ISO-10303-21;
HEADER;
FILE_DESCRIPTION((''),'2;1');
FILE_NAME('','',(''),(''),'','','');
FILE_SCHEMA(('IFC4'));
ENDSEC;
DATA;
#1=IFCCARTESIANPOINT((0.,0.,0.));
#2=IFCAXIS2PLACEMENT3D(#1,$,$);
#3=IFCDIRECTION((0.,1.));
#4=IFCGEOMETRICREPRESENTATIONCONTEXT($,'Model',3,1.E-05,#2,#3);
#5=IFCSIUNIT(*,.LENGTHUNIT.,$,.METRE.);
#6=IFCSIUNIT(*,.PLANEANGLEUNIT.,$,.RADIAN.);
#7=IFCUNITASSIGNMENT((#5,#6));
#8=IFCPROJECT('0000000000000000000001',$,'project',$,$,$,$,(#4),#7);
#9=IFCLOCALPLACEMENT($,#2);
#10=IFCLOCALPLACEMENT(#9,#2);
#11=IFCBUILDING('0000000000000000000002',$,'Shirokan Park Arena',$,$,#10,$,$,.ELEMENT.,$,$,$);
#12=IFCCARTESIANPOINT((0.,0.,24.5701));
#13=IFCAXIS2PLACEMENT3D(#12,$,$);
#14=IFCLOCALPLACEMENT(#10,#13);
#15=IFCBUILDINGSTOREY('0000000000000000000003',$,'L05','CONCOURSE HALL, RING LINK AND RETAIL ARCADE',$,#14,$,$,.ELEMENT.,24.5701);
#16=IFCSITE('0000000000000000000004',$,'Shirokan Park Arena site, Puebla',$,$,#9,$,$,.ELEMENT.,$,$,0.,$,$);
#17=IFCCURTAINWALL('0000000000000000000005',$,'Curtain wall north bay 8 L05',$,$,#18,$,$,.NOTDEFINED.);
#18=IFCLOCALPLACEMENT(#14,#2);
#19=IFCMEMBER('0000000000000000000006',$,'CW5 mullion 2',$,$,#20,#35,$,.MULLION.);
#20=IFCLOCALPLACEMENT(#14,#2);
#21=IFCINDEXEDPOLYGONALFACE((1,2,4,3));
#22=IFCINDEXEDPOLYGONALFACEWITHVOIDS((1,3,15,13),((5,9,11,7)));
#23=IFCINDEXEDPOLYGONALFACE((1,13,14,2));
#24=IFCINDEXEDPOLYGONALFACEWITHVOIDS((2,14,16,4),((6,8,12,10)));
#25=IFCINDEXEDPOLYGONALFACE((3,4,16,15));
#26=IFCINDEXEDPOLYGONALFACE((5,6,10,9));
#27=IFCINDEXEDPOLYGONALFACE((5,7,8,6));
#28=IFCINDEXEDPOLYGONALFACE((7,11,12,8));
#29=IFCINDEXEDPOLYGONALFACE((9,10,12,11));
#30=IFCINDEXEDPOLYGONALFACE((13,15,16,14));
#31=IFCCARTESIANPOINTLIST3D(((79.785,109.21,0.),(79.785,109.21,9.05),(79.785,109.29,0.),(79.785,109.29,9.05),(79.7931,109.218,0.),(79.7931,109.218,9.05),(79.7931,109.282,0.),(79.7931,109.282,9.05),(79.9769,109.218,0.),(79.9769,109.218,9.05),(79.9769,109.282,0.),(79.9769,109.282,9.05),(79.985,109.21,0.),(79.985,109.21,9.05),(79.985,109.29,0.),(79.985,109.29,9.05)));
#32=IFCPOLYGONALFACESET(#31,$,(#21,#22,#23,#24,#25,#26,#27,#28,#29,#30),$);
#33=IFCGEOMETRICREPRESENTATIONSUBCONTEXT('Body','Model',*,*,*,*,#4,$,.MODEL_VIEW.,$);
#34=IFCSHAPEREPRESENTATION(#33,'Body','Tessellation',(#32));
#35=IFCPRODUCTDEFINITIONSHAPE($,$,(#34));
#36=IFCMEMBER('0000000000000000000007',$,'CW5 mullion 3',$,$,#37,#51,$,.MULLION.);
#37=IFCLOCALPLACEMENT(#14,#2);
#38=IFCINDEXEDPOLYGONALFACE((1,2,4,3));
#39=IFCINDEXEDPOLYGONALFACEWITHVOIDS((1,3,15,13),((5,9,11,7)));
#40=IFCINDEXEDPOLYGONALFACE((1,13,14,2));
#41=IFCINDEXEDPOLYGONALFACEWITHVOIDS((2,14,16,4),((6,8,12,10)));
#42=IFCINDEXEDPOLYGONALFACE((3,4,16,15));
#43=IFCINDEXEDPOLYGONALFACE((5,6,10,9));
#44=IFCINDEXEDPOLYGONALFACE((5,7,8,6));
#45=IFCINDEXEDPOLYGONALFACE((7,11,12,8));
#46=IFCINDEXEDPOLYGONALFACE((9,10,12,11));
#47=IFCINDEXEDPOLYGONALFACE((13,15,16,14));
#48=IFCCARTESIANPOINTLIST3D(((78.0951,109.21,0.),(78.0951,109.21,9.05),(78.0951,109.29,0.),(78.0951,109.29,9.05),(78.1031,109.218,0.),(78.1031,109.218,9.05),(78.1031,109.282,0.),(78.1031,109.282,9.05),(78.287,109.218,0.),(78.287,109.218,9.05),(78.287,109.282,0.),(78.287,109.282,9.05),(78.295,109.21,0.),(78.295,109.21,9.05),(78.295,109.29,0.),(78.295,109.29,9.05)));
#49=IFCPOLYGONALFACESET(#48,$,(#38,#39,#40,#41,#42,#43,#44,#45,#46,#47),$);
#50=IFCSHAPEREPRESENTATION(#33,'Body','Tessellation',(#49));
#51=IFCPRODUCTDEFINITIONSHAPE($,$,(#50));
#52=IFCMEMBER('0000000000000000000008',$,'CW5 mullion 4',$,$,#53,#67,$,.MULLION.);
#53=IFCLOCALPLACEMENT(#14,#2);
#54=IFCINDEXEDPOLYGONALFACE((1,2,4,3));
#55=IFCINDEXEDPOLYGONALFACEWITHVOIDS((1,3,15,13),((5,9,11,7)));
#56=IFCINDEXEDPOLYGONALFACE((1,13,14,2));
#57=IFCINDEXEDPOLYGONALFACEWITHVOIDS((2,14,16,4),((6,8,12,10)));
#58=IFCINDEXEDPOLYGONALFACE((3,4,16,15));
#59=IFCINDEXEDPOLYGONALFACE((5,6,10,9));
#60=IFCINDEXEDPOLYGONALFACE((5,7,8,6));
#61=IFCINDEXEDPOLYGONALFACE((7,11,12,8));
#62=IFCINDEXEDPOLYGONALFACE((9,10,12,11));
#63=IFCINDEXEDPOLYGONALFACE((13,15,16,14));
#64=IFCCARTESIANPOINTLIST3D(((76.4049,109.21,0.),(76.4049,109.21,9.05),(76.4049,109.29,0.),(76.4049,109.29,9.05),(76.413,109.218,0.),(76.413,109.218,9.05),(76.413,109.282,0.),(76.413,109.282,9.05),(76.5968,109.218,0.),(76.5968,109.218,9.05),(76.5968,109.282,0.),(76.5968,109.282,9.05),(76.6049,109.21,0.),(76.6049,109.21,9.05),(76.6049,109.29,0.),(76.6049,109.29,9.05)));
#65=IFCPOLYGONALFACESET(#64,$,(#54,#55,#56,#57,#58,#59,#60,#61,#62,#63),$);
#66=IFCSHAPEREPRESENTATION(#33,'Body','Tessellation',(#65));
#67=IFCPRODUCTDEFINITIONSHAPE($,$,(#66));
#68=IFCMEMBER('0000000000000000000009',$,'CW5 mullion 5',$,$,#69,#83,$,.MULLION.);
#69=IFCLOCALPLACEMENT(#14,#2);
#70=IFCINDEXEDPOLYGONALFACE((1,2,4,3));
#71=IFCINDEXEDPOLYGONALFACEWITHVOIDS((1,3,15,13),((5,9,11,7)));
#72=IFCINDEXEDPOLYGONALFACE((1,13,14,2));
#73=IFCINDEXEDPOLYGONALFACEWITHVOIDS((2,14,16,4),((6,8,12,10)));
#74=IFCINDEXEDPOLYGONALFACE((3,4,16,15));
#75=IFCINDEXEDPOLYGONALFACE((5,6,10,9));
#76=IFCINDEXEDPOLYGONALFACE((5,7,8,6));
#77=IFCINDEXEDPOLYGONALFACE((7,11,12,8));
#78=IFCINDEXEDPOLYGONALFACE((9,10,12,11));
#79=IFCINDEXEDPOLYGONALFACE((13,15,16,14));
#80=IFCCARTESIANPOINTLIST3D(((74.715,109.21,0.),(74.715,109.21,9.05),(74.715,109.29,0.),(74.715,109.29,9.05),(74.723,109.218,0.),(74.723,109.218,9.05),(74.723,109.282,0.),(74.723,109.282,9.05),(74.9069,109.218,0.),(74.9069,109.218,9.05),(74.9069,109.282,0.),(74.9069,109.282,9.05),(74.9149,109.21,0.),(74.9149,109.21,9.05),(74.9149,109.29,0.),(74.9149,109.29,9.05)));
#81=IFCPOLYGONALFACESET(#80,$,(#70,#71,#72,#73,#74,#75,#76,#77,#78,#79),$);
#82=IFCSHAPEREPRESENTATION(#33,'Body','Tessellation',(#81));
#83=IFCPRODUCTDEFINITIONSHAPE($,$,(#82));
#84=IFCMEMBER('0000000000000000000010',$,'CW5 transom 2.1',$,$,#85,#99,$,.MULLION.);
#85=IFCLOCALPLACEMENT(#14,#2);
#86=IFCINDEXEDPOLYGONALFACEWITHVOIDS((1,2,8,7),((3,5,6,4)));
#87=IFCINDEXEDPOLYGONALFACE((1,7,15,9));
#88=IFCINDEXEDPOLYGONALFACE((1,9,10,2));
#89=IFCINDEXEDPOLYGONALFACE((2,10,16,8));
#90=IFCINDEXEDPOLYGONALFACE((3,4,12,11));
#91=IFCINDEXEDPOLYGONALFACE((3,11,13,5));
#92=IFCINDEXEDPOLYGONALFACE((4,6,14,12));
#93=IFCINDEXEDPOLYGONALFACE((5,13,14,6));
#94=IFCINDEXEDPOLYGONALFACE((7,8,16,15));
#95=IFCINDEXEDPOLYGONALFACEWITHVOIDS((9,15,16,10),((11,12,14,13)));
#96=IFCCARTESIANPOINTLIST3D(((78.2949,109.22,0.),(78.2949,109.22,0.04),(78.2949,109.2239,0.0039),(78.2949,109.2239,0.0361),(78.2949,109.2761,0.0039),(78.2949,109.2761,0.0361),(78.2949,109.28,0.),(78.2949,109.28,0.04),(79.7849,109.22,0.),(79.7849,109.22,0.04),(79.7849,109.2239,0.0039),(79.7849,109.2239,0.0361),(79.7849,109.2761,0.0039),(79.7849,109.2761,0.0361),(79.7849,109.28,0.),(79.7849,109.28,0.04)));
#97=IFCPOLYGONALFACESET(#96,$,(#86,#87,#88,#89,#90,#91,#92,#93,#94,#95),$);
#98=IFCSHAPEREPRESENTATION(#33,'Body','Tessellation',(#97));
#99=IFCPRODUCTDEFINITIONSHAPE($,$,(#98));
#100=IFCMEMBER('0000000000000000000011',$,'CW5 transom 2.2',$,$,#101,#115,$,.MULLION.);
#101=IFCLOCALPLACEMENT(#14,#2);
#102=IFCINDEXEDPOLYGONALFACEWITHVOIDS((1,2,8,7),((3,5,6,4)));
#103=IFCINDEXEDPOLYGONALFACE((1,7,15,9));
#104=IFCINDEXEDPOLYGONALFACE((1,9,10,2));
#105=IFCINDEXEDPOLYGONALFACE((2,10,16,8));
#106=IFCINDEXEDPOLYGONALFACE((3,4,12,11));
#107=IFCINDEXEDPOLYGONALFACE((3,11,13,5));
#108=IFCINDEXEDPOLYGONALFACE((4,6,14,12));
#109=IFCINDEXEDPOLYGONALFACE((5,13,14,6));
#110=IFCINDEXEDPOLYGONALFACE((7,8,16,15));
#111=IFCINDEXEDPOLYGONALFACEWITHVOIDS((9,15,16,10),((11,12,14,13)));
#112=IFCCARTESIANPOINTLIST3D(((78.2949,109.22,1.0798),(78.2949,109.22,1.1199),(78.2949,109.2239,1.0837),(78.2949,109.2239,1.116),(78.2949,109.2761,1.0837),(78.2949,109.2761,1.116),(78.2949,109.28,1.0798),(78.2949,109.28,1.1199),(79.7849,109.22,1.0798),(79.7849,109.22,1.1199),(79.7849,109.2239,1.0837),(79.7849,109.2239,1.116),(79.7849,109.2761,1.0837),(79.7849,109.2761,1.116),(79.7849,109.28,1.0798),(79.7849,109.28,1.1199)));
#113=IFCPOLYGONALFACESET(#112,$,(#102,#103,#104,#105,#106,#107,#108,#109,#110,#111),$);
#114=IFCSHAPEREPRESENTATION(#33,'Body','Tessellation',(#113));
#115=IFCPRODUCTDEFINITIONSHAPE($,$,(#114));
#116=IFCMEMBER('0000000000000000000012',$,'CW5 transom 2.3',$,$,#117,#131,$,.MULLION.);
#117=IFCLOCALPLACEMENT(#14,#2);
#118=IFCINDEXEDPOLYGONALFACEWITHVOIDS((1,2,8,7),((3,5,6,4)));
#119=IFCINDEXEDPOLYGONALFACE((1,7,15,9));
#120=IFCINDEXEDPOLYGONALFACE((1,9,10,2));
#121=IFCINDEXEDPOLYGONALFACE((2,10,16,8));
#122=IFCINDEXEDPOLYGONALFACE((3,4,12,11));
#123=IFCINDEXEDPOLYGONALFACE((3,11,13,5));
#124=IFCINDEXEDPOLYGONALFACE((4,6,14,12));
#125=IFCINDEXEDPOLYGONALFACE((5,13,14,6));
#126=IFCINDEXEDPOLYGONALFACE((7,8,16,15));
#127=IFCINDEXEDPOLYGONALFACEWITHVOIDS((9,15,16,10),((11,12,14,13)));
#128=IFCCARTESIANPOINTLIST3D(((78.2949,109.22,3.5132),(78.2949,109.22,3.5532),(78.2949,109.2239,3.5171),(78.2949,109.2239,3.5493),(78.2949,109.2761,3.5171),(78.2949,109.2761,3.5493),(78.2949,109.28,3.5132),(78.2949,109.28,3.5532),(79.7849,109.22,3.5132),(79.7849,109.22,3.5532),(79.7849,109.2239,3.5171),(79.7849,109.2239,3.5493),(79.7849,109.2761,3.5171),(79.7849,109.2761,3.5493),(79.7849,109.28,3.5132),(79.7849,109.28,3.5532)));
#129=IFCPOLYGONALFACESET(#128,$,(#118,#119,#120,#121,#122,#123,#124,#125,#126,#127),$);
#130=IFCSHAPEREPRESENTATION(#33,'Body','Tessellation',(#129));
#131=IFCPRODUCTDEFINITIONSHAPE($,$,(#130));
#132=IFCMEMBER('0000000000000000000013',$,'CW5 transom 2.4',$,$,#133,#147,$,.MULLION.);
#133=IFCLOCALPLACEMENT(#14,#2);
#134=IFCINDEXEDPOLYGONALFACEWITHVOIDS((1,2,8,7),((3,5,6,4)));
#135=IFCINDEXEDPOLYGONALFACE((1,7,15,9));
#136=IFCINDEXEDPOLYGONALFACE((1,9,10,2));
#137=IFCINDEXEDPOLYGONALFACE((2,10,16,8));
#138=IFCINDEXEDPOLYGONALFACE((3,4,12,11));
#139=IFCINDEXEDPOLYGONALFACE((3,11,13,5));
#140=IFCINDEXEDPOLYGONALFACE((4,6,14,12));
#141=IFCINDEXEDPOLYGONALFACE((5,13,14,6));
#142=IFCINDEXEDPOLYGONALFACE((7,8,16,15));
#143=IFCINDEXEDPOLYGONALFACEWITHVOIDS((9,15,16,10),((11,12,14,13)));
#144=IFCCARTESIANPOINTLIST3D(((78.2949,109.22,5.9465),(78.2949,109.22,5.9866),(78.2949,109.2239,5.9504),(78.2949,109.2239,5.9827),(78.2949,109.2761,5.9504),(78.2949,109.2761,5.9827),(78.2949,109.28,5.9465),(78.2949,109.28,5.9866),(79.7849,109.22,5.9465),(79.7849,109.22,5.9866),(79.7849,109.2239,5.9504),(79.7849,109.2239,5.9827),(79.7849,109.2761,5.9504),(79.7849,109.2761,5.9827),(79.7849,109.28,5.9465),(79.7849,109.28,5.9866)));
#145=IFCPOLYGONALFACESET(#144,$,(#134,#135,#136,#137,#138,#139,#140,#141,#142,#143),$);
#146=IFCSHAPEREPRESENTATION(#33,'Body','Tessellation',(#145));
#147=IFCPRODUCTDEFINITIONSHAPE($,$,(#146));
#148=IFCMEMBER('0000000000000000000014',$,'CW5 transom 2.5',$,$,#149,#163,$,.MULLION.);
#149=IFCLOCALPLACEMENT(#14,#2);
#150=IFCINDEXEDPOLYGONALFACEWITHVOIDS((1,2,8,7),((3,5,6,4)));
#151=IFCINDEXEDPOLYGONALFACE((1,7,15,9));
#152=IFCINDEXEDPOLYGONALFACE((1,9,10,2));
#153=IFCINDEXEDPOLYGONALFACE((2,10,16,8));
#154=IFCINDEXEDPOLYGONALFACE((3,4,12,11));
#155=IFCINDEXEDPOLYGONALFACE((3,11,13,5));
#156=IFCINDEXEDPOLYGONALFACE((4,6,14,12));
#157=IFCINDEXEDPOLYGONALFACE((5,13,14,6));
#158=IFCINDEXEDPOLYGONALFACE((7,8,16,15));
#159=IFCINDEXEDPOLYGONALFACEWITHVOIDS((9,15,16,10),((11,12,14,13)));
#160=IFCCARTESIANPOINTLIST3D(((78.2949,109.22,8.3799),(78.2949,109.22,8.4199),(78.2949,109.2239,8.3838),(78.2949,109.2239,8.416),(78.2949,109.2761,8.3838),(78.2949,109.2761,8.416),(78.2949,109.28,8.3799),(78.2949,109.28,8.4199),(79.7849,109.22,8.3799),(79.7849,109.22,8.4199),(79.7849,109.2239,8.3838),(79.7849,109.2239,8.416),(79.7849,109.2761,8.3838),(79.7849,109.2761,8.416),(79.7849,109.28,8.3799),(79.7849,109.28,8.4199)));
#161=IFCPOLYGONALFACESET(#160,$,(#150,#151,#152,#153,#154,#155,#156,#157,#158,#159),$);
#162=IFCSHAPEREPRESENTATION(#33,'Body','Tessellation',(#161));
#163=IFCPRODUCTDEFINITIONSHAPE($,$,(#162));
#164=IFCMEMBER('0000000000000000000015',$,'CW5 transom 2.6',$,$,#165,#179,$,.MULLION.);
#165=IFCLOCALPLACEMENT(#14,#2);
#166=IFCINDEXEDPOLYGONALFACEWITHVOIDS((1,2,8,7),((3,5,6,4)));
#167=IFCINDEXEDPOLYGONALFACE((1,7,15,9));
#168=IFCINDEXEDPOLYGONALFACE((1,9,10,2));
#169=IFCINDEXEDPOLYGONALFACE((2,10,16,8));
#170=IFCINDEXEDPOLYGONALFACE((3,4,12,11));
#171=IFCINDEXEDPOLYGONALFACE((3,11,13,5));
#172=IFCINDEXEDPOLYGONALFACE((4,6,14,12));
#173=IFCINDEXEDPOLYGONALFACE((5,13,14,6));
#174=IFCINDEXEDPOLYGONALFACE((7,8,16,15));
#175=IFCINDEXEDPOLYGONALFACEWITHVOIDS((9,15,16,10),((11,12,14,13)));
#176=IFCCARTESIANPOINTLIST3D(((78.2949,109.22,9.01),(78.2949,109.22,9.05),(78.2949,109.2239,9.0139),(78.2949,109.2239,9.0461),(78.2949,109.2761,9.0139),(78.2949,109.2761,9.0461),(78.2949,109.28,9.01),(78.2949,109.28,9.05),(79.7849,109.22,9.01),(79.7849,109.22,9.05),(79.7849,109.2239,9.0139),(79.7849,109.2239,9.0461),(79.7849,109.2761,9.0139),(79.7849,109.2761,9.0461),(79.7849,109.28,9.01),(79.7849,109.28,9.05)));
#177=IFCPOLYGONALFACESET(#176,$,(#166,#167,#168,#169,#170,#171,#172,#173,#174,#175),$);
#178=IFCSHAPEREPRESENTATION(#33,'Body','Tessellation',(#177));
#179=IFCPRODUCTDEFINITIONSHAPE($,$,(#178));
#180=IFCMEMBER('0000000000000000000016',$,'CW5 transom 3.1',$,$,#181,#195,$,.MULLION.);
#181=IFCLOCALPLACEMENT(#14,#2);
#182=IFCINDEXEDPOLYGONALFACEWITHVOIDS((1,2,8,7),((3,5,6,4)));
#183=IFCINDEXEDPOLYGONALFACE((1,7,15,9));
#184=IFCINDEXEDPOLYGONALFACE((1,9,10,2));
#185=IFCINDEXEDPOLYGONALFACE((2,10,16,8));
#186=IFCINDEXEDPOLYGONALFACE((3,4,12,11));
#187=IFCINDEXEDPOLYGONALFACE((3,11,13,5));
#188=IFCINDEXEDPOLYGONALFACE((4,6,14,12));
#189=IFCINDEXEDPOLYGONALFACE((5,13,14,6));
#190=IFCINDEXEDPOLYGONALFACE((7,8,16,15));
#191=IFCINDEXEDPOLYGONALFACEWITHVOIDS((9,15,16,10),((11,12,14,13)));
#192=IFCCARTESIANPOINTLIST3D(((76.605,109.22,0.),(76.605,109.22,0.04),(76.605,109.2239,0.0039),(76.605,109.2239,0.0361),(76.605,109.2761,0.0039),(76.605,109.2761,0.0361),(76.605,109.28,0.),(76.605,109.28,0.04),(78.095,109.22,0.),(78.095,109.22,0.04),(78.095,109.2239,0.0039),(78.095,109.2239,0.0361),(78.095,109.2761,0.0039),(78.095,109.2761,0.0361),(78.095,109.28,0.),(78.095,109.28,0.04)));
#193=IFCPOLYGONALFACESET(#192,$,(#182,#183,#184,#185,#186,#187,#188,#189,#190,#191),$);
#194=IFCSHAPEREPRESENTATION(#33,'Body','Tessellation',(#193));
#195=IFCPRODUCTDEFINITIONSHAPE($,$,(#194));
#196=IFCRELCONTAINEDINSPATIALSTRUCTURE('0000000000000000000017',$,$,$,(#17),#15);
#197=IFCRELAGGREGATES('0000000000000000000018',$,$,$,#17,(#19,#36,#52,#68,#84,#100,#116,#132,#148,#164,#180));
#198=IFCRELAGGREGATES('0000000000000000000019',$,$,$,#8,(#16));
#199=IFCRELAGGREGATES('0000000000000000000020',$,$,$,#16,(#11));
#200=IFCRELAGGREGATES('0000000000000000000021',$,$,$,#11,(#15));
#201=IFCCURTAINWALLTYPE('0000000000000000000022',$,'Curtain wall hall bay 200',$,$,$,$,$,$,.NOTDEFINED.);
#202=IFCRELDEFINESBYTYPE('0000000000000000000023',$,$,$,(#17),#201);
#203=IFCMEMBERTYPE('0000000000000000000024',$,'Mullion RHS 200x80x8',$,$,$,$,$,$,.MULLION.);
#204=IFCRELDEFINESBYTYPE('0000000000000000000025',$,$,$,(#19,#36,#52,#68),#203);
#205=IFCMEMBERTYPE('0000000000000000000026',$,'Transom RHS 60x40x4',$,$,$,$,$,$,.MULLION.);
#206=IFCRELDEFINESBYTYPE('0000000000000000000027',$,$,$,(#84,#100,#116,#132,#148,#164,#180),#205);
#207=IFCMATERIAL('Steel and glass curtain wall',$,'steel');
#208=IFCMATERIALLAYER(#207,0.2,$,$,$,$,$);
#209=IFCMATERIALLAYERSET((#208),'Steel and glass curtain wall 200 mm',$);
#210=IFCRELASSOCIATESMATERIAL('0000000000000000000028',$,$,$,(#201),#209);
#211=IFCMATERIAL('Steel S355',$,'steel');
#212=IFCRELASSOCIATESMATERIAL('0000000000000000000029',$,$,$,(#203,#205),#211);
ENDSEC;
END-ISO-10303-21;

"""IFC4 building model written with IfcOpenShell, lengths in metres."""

from ifc_helpers import new_model, si_unit, direction, frame, origin, origin_2d, place, context, subcontext, project, spatial, hollow_rectangle, extrude, material, layer, layer_set, material_profile, profile_set, type_object, element, aggregate, save


model = new_model("IFC4")

# Units and contexts
model_context = context("Model", 3, precision=1e-05, world=origin(), true_north=direction((0.0, 1.0)))
body_context = subcontext(model_context, "Body", "Model", "MODEL_VIEW")
ifc_project = project(units=[si_unit("LENGTHUNIT", "METRE"), si_unit("PLANEANGLEUNIT", "RADIAN")], contexts=[model_context])

# Site, building, storey
site_placement = place(None, origin())
site = spatial("IfcSite", under=ifc_project, at=site_placement, Name="Shirokan Park Arena site, Puebla", CompositionType="ELEMENT", RefElevation=0.0)
building_placement = place(site_placement, origin())
building = spatial("IfcBuilding", under=site, at=building_placement, Name="Shirokan Park Arena", CompositionType="ELEMENT")
storey_placement = place(building_placement, frame((0.0, 0.0, 24.5701)))
storey = spatial("IfcBuildingStorey", under=building, at=storey_placement, Name="L05", Description="CONCOURSE HALL, RING LINK AND RETAIL ARCADE", CompositionType="ELEMENT", Elevation=24.5701)

# Curtain wall, members
ifc_material_1 = material(Name="Steel and glass curtain wall", Category="steel")
ifc_layer_1 = layer(ifc_material_1, 0.2)
ifc_layer_set_1 = layer_set([ifc_layer_1], Name="Steel and glass curtain wall 200 mm")
curtain_wall_type = type_object("IfcCurtainWallType", Name="Curtain wall hall bay 200", PredefinedType="NOTDEFINED", material=ifc_layer_set_1)
curtain_wall_placement = place(storey_placement, origin())
curtain_wall = element("IfcCurtainWall", 1, at=curtain_wall_placement, inside=storey, type_object=curtain_wall_type, Name="Curtain wall north bay 8 L05", PredefinedType="NOTDEFINED")
ifc_material_2 = material(Name="Steel S355", Category="steel")
ifc_material_profile_1 = material_profile(ifc_material_2, hollow_rectangle(XDim=0.0801, YDim=0.2, WallThickness=0.0081, at=origin_2d()), Name="RHS 200x80x8")
ifc_profile_set_1 = profile_set([ifc_material_profile_1], Name="Steel S355")
member_type_1 = type_object("IfcMemberType", Name="Mullion RHS 200x80x8", PredefinedType="MULLION", material=ifc_profile_set_1)
member_1_placement = place(storey_placement, frame((79.885, 109.25, 0.0), z_axis=(0.0, 0.0, 1.0), x_axis=(0.0, -1.0, 0.0)))
member_1 = element("IfcMember", 2, at=member_1_placement, type_object=member_type_1, Name="CW5 mullion 2", PredefinedType="MULLION", context=body_context, shape_type="SweptSolid", body=[
    extrude(hollow_rectangle(XDim=0.0801, YDim=0.2, WallThickness=0.0081, at=origin_2d()), origin(), (0.0, 0.0, 1.0), 9.05),
])
member_2_placement = place(storey_placement, frame((78.1951, 109.25, 0.0), z_axis=(0.0, 0.0, 1.0), x_axis=(0.0, -1.0, 0.0)))
member_2 = element("IfcMember", 3, at=member_2_placement, type_object=member_type_1, Name="CW5 mullion 3", PredefinedType="MULLION", context=body_context, shape_type="SweptSolid", body=[
    extrude(hollow_rectangle(XDim=0.0801, YDim=0.2, WallThickness=0.0081, at=origin_2d()), origin(), (0.0, 0.0, 1.0), 9.05),
])
member_3_placement = place(storey_placement, frame((76.5049, 109.25, 0.0), z_axis=(0.0, 0.0, 1.0), x_axis=(0.0, -1.0, 0.0)))
member_3 = element("IfcMember", 4, at=member_3_placement, type_object=member_type_1, Name="CW5 mullion 4", PredefinedType="MULLION", context=body_context, shape_type="SweptSolid", body=[
    extrude(hollow_rectangle(XDim=0.0801, YDim=0.2, WallThickness=0.0081, at=origin_2d()), origin(), (0.0, 0.0, 1.0), 9.05),
])
member_4_placement = place(storey_placement, frame((74.8149, 109.25, 0.0), z_axis=(0.0, 0.0, 1.0), x_axis=(0.0, -1.0, 0.0)))
member_4 = element("IfcMember", 5, at=member_4_placement, type_object=member_type_1, Name="CW5 mullion 5", PredefinedType="MULLION", context=body_context, shape_type="SweptSolid", body=[
    extrude(hollow_rectangle(XDim=0.0801, YDim=0.2, WallThickness=0.0081, at=origin_2d()), origin(), (0.0, 0.0, 1.0), 9.05),
])
ifc_material_profile_2 = material_profile(ifc_material_2, hollow_rectangle(XDim=0.0601, YDim=0.04, WallThickness=0.0039, at=origin_2d()), Name="RHS 60x40x4")
ifc_profile_set_2 = profile_set([ifc_material_profile_2], Name="Steel S355")
member_type_2 = type_object("IfcMemberType", Name="Transom RHS 60x40x4", PredefinedType="MULLION", material=ifc_profile_set_2)
member_5_placement = place(storey_placement, frame((79.7849, 109.25, 0.02), z_axis=(-1.0, 0.0, 0.0), x_axis=(0.0, -1.0, 0.0)))
member_5 = element("IfcMember", 6, at=member_5_placement, type_object=member_type_2, Name="CW5 transom 2.1", PredefinedType="MULLION", context=body_context, shape_type="SweptSolid", body=[
    extrude(hollow_rectangle(XDim=0.0601, YDim=0.04, WallThickness=0.0039, at=origin_2d()), origin(), (0.0, 0.0, 1.0), 1.49),
])
member_6_placement = place(storey_placement, frame((79.7849, 109.25, 1.0999), z_axis=(-1.0, 0.0, 0.0), x_axis=(0.0, -1.0, 0.0)))
member_6 = element("IfcMember", 7, at=member_6_placement, type_object=member_type_2, Name="CW5 transom 2.2", PredefinedType="MULLION", context=body_context, shape_type="SweptSolid", body=[
    extrude(hollow_rectangle(XDim=0.0601, YDim=0.04, WallThickness=0.0039, at=origin_2d()), origin(), (0.0, 0.0, 1.0), 1.49),
])
member_7_placement = place(storey_placement, frame((79.7849, 109.25, 3.5332), z_axis=(-1.0, 0.0, 0.0), x_axis=(0.0, -1.0, 0.0)))
member_7 = element("IfcMember", 8, at=member_7_placement, type_object=member_type_2, Name="CW5 transom 2.3", PredefinedType="MULLION", context=body_context, shape_type="SweptSolid", body=[
    extrude(hollow_rectangle(XDim=0.0601, YDim=0.04, WallThickness=0.0039, at=origin_2d()), origin(), (0.0, 0.0, 1.0), 1.49),
])
member_8_placement = place(storey_placement, frame((79.7849, 109.25, 5.9666), z_axis=(-1.0, 0.0, 0.0), x_axis=(0.0, -1.0, 0.0)))
member_8 = element("IfcMember", 9, at=member_8_placement, type_object=member_type_2, Name="CW5 transom 2.4", PredefinedType="MULLION", context=body_context, shape_type="SweptSolid", body=[
    extrude(hollow_rectangle(XDim=0.0601, YDim=0.04, WallThickness=0.0039, at=origin_2d()), origin(), (0.0, 0.0, 1.0), 1.49),
])
member_9_placement = place(storey_placement, frame((79.7849, 109.25, 8.3999), z_axis=(-1.0, 0.0, 0.0), x_axis=(0.0, -1.0, 0.0)))
member_9 = element("IfcMember", 10, at=member_9_placement, type_object=member_type_2, Name="CW5 transom 2.5", PredefinedType="MULLION", context=body_context, shape_type="SweptSolid", body=[
    extrude(hollow_rectangle(XDim=0.0601, YDim=0.04, WallThickness=0.0039, at=origin_2d()), origin(), (0.0, 0.0, 1.0), 1.49),
])
member_10_placement = place(storey_placement, frame((79.7849, 109.25, 9.03), z_axis=(-1.0, 0.0, 0.0), x_axis=(0.0, -1.0, 0.0)))
member_10 = element("IfcMember", 11, at=member_10_placement, type_object=member_type_2, Name="CW5 transom 2.6", PredefinedType="MULLION", context=body_context, shape_type="SweptSolid", body=[
    extrude(hollow_rectangle(XDim=0.0601, YDim=0.04, WallThickness=0.0039, at=origin_2d()), origin(), (0.0, 0.0, 1.0), 1.49),
])
member_11_placement = place(storey_placement, frame((78.095, 109.25, 0.02), z_axis=(-1.0, 0.0, 0.0), x_axis=(0.0, -1.0, 0.0)))
member_11 = element("IfcMember", 12, at=member_11_placement, type_object=member_type_2, Name="CW5 transom 3.1", PredefinedType="MULLION", context=body_context, shape_type="SweptSolid", body=[
    extrude(hollow_rectangle(XDim=0.0601, YDim=0.04, WallThickness=0.0039, at=origin_2d()), origin(), (0.0, 0.0, 1.0), 1.49),
])
aggregate(curtain_wall, [member_1, member_2, member_3, member_4, member_5, member_6, member_7, member_8, member_9, member_10, member_11])

save(model, "model.ifc")
